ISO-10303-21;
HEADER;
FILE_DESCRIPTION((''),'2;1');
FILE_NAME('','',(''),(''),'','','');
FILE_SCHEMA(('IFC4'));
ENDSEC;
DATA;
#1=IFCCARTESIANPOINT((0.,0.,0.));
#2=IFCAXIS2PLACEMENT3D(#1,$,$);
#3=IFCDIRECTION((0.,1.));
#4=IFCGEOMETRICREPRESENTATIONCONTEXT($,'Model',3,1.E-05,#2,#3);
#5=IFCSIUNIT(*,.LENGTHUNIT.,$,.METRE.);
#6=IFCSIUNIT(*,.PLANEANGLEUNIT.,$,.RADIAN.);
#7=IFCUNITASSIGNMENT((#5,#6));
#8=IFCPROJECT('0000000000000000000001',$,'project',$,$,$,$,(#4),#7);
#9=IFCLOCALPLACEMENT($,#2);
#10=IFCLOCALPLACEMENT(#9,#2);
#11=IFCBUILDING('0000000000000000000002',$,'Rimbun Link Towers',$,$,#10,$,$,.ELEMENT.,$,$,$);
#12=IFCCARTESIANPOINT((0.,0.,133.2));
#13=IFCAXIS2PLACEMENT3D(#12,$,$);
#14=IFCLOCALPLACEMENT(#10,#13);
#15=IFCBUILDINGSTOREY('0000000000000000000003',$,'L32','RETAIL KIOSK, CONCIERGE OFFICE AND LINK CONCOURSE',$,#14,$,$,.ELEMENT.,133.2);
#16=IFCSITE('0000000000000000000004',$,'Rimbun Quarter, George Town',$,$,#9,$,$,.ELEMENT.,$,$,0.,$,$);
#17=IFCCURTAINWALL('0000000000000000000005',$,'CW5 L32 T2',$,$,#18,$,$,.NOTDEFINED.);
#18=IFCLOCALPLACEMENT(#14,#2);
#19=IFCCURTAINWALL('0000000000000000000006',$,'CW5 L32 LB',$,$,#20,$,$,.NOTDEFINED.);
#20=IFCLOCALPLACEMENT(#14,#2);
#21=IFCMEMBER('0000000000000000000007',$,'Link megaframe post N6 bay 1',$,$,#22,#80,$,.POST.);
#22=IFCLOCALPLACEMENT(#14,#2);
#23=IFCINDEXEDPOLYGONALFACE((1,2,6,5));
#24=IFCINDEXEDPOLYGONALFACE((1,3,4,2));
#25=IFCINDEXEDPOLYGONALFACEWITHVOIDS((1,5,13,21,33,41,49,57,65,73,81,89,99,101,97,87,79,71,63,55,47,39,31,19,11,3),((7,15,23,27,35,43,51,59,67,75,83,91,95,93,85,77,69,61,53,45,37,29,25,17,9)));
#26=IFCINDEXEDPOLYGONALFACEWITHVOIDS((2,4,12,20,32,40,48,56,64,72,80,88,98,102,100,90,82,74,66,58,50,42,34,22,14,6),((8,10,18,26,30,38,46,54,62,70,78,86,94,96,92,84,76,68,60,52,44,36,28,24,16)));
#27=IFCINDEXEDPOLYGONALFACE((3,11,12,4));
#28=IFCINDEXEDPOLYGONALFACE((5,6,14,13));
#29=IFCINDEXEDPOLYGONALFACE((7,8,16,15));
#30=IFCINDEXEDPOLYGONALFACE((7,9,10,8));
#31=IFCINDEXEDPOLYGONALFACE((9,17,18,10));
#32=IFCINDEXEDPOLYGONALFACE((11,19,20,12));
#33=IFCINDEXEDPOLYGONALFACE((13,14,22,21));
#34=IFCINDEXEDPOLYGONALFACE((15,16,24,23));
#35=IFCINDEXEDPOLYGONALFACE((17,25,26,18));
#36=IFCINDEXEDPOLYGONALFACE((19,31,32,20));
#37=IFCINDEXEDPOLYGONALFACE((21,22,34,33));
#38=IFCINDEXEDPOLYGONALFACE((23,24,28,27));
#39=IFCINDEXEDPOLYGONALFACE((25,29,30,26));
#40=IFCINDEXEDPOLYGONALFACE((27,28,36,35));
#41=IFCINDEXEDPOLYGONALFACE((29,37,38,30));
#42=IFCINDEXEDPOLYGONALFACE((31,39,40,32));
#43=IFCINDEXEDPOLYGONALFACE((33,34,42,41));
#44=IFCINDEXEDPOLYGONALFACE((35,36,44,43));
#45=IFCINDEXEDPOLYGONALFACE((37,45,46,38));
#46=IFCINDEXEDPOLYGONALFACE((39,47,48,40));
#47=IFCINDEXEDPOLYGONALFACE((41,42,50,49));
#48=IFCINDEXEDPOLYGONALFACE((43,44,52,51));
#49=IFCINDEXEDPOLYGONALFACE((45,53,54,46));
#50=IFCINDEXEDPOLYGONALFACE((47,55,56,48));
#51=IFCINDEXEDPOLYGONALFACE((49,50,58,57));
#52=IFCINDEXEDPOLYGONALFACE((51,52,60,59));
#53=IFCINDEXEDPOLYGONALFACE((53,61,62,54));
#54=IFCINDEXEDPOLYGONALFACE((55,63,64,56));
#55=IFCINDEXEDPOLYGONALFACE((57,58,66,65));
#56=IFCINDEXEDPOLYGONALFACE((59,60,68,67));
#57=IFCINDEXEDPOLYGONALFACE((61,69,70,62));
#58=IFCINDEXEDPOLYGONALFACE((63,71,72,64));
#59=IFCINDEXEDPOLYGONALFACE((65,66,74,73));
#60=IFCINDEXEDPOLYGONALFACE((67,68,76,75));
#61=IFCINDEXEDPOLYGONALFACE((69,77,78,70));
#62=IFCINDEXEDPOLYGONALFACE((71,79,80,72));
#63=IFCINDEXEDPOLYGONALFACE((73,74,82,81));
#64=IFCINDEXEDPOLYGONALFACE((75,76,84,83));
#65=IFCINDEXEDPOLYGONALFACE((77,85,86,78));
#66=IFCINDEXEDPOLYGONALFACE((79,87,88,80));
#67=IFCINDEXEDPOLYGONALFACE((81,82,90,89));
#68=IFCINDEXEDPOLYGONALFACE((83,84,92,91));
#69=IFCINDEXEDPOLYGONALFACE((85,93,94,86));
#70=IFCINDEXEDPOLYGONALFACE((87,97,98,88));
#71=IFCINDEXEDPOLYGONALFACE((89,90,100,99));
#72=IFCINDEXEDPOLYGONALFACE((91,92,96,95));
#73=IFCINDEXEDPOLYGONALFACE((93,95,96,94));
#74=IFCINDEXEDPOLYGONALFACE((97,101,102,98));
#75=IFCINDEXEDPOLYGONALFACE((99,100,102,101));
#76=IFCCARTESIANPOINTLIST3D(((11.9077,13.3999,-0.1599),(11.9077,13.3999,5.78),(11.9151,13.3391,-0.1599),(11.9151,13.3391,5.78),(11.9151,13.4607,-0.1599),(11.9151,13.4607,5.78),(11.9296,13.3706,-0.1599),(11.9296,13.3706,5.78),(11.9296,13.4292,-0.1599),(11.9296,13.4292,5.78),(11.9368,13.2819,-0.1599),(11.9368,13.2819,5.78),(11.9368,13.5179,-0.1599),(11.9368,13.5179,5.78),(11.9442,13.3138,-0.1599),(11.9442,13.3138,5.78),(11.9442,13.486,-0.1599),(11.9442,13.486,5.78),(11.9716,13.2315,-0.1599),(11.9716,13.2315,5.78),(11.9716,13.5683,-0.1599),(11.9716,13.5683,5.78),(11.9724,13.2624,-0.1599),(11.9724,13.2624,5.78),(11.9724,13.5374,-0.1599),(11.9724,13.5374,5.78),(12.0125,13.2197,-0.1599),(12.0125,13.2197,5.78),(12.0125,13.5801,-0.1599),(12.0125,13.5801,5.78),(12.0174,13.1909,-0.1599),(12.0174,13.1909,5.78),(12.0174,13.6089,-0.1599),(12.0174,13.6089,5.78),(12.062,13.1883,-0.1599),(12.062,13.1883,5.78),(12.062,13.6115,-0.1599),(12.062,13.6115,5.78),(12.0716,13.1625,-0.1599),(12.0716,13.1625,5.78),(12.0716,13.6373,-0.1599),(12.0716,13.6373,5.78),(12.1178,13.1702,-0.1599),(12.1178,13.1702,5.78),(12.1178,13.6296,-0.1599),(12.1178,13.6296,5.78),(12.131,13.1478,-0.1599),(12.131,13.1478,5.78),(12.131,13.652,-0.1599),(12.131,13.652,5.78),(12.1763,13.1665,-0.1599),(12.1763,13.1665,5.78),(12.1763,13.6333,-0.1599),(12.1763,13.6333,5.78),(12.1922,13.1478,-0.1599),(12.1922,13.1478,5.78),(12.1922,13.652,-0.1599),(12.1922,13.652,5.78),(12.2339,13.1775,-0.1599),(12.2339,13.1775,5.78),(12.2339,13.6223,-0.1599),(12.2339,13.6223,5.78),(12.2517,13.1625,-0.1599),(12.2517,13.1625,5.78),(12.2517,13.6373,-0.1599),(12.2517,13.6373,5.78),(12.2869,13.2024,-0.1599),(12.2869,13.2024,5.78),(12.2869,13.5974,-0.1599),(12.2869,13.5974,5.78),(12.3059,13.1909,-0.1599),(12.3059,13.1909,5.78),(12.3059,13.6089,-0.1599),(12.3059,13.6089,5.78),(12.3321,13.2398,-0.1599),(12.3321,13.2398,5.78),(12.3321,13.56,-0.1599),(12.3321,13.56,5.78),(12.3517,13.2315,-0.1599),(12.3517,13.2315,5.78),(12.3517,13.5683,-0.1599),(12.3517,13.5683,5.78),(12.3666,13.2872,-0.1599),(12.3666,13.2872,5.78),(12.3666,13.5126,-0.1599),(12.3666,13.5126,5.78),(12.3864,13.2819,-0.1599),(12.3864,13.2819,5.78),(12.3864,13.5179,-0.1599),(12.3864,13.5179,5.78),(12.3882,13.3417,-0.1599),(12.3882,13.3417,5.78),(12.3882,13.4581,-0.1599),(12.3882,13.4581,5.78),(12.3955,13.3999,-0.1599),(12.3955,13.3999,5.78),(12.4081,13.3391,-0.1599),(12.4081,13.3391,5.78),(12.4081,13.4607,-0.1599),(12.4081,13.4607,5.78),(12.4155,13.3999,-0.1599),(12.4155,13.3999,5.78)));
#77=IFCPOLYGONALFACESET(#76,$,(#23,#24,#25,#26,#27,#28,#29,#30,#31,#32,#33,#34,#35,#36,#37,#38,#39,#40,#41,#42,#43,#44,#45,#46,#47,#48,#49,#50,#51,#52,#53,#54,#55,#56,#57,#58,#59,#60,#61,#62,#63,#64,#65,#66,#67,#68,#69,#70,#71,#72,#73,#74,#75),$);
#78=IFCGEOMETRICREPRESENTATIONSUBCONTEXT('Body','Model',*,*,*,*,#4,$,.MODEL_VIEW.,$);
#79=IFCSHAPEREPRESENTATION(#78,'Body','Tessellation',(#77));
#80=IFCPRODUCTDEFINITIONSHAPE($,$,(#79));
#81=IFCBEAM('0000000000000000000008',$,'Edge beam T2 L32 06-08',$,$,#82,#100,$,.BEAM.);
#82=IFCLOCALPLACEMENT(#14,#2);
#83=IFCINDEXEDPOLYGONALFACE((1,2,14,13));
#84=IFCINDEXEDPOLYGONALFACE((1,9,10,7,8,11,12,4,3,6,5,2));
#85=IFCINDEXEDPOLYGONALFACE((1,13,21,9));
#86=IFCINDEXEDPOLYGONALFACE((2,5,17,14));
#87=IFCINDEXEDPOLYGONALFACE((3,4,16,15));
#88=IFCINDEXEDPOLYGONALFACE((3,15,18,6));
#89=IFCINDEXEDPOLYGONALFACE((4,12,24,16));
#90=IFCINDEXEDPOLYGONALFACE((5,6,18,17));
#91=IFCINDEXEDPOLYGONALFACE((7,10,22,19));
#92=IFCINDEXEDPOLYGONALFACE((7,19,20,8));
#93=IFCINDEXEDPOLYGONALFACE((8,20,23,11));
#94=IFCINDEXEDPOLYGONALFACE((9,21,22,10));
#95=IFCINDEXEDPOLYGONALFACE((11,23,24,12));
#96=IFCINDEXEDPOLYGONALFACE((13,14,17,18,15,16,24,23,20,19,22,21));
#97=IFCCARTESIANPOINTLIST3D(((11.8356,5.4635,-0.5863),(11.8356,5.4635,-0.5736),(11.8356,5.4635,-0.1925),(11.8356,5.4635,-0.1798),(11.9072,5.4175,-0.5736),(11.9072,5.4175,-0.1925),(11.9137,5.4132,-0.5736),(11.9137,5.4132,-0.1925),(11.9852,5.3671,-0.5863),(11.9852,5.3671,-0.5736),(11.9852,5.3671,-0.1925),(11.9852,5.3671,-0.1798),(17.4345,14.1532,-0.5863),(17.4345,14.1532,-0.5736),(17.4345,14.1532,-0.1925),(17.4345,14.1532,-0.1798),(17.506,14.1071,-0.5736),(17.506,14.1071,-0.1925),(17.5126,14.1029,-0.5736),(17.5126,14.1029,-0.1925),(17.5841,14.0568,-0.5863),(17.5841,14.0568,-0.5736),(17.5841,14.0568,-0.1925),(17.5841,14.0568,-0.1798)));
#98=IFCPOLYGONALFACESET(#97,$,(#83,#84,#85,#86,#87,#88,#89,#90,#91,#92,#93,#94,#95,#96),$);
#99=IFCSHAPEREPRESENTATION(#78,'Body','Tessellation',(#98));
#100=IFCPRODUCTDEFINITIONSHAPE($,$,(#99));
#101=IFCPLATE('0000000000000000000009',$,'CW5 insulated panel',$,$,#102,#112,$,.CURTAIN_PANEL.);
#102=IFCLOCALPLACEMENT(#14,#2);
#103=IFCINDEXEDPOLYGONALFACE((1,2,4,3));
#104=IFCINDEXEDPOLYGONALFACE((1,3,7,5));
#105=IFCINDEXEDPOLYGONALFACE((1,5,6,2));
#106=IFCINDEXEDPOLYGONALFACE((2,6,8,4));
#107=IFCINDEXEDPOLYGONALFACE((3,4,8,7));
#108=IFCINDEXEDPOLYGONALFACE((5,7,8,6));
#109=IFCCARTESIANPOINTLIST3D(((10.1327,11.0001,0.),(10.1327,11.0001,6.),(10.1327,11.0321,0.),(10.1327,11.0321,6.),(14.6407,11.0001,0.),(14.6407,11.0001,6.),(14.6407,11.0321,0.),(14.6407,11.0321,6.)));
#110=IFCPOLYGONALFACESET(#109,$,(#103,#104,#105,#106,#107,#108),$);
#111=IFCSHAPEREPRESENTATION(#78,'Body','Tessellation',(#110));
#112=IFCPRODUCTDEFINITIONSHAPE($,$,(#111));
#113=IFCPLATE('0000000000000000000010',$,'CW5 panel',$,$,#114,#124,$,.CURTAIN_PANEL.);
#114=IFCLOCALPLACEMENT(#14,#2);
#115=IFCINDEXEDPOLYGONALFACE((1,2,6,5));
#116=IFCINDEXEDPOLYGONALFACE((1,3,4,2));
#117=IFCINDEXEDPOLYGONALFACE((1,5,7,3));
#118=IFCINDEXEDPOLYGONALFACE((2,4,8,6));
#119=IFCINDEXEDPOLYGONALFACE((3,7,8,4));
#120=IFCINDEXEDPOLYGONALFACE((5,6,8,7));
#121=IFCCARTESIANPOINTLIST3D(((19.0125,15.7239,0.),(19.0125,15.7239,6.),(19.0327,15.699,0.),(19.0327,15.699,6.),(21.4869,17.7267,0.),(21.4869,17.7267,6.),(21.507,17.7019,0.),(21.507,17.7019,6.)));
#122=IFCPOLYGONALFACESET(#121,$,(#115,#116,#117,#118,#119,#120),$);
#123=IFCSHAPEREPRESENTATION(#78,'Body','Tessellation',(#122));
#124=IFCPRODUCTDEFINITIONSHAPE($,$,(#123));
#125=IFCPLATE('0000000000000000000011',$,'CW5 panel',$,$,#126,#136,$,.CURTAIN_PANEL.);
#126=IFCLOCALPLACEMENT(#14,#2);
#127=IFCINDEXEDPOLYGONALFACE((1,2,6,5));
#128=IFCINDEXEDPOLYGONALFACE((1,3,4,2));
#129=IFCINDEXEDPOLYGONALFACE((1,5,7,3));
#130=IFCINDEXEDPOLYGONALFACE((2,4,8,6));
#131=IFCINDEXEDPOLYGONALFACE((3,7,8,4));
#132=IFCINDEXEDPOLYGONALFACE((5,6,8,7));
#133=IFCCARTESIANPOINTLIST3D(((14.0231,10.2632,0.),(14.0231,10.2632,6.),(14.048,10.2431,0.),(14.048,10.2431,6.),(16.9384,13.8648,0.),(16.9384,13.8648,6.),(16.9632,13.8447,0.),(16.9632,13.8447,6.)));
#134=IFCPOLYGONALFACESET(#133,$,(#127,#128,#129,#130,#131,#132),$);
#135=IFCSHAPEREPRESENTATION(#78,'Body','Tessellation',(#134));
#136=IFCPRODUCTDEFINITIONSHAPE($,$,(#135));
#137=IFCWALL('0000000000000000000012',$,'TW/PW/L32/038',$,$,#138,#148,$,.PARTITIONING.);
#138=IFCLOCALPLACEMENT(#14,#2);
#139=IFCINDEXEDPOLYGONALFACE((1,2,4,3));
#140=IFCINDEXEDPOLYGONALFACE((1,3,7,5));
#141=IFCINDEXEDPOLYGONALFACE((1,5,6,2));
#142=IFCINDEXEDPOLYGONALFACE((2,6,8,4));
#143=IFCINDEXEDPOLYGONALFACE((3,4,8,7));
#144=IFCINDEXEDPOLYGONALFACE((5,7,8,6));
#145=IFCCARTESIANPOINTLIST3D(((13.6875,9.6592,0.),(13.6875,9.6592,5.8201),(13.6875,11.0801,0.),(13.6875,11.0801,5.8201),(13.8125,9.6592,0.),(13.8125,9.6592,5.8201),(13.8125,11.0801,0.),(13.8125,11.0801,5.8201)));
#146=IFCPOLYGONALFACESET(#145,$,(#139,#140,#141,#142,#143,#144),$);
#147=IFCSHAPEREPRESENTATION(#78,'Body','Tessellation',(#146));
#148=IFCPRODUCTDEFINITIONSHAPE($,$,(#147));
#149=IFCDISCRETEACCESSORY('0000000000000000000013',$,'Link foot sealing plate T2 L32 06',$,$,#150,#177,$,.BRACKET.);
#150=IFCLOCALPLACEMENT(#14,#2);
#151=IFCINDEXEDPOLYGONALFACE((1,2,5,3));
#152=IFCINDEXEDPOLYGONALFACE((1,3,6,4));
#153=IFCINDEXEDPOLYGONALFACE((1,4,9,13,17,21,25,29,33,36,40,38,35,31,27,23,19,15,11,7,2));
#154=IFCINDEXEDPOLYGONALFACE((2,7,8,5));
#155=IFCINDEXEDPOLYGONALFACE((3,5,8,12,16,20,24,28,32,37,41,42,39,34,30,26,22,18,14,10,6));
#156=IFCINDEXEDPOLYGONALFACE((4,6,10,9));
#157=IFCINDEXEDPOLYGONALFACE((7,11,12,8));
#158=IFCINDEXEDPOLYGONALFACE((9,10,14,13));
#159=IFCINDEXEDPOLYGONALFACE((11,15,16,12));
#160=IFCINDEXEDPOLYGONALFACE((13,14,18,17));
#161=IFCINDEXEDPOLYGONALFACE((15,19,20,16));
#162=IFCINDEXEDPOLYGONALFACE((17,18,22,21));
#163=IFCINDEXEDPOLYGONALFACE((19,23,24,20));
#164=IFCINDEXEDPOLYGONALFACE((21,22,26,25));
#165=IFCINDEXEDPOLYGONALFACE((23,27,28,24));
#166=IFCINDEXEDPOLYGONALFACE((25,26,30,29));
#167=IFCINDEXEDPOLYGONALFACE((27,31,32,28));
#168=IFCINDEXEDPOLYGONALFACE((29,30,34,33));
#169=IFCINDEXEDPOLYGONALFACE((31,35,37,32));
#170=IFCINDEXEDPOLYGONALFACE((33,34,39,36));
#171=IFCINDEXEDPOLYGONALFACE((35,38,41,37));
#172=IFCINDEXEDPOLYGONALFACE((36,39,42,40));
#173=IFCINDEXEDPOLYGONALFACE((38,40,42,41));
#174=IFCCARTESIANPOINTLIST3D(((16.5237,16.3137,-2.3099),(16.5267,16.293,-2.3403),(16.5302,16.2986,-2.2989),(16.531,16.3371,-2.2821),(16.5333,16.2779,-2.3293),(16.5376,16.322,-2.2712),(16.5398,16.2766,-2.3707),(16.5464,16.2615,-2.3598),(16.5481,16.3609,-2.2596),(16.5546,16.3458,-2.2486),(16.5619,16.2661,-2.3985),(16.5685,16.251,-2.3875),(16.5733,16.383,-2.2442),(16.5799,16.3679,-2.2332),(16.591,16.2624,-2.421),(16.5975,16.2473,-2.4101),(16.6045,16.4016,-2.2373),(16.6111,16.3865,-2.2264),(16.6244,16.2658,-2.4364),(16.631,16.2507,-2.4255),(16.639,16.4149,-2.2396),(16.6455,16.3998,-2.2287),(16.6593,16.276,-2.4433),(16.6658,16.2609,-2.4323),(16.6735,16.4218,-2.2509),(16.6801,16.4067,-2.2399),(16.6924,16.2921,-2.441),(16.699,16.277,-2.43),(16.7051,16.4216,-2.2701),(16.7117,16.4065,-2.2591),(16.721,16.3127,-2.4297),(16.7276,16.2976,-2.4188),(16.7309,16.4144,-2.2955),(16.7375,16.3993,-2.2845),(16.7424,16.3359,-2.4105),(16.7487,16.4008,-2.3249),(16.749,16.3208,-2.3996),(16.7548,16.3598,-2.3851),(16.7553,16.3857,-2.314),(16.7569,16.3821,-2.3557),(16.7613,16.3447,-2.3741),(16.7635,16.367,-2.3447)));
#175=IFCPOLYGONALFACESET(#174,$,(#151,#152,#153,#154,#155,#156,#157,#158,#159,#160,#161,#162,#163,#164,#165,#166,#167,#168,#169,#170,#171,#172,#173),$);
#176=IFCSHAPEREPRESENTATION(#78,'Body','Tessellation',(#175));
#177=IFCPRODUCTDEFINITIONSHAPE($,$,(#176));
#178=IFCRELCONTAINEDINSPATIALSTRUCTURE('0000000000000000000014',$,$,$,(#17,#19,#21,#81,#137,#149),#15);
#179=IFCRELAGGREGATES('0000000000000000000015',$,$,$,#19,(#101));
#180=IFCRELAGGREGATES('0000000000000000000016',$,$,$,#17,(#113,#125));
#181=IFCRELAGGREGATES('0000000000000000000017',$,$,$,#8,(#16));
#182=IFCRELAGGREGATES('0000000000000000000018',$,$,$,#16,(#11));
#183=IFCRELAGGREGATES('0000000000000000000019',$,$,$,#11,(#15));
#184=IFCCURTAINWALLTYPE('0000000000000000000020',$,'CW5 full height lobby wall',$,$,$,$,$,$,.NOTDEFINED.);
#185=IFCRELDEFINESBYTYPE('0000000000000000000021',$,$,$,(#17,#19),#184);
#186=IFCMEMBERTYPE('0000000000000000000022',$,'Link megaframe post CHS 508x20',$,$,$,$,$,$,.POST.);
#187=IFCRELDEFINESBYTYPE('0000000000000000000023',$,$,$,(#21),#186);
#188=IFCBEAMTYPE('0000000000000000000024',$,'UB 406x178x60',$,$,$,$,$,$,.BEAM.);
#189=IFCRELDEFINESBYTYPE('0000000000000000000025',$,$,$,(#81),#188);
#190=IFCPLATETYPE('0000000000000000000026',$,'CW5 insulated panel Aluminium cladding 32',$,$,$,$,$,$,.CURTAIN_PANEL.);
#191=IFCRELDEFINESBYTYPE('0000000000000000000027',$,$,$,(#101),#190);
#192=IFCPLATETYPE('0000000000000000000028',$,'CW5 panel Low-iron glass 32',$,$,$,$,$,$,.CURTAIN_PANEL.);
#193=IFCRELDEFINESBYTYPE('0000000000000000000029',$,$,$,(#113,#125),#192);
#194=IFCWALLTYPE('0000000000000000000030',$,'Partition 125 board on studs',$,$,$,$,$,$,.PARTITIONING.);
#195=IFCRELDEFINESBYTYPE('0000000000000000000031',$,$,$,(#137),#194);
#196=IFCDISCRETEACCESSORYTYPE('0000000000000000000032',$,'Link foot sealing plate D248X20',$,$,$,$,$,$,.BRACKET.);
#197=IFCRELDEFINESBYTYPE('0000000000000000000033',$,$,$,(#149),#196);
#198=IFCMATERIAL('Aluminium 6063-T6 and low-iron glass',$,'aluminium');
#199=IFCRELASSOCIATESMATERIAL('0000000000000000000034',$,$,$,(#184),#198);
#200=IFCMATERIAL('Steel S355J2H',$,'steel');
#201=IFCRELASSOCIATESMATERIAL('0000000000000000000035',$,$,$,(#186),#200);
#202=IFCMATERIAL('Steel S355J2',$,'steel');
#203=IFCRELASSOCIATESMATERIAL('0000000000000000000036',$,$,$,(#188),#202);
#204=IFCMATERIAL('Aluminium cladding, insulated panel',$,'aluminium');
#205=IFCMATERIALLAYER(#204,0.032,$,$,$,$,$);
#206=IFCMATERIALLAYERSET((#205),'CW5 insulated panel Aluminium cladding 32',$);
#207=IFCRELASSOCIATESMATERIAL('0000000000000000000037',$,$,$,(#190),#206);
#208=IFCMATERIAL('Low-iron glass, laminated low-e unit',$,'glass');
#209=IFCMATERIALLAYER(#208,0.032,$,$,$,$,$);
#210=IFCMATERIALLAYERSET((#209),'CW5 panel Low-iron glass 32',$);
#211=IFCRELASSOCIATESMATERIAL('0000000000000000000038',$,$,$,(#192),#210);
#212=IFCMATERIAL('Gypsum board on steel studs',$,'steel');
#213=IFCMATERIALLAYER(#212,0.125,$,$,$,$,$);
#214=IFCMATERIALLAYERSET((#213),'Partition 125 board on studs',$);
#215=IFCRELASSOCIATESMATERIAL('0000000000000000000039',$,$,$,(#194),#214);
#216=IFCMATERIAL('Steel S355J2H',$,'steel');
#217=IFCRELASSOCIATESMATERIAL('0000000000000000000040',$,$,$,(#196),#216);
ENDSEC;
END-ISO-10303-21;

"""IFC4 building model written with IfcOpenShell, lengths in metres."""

from ifc_helpers import new_model, si_unit, direction, frame, frame_2d, origin, origin_2d, place, context, subcontext, project, spatial, rectangle, circle, hollow_circle, i_section, extrude, material, layer, layer_set, material_profile, profile_set, type_object, element, aggregate, save


model = new_model("IFC4")

# Units and contexts
model_context = context("Model", 3, precision=1e-05, world=origin(), true_north=direction((0.0, 1.0)))
body_context = subcontext(model_context, "Body", "Model", "MODEL_VIEW")
ifc_project = project(units=[si_unit("LENGTHUNIT", "METRE"), si_unit("PLANEANGLEUNIT", "RADIAN")], contexts=[model_context])

# Site, building, storey
site_placement = place(None, origin())
site = spatial("IfcSite", under=ifc_project, at=site_placement, Name="Rimbun Quarter, George Town", CompositionType="ELEMENT", RefElevation=0.0)
building_placement = place(site_placement, origin())
building = spatial("IfcBuilding", under=site, at=building_placement, Name="Rimbun Link Towers", CompositionType="ELEMENT")
storey_placement = place(building_placement, frame((0.0, 0.0, 133.2)))
storey = spatial("IfcBuildingStorey", under=building, at=storey_placement, Name="L32", Description="RETAIL KIOSK, CONCIERGE OFFICE AND LINK CONCOURSE", CompositionType="ELEMENT", Elevation=133.2)

# Curtain wall
ifc_material_1 = material(Name="Aluminium 6063-T6 and low-iron glass", Category="aluminium")
curtain_wall_type = type_object("IfcCurtainWallType", Name="CW5 full height lobby wall", PredefinedType="NOTDEFINED", material=ifc_material_1)
curtain_wall_1_placement = place(storey_placement, origin())
curtain_wall_1 = element("IfcCurtainWall", 1, at=curtain_wall_1_placement, inside=storey, type_object=curtain_wall_type, Name="CW5 L32 T2", PredefinedType="NOTDEFINED")

# Curtain wall
curtain_wall_2_placement = place(storey_placement, origin())
curtain_wall_2 = element("IfcCurtainWall", 2, at=curtain_wall_2_placement, inside=storey, type_object=curtain_wall_type, Name="CW5 L32 LB", PredefinedType="NOTDEFINED")

# Member
ifc_material_2 = material(Name="Steel S355J2H", Category="steel")
ifc_material_profile_1 = material_profile(ifc_material_2, hollow_circle(Radius=0.2539, WallThickness=0.02, at=origin_2d()), Name="CHS 508x20")
ifc_profile_set_1 = profile_set([ifc_material_profile_1], Name="Steel S355J2H")
member_type_1 = type_object("IfcMemberType", Name="Link megaframe post CHS 508x20", PredefinedType="POST", material=ifc_profile_set_1)
member_1_placement = place(storey_placement, frame((12.1616, 13.3999, -0.1599), z_axis=(0.0, 0.0, 1.0), x_axis=(1.0, 0.0, 0.0)))
element("IfcMember", 3, at=member_1_placement, inside=storey, type_object=member_type_1, Name="Link megaframe post N6 bay 1", PredefinedType="POST", context=body_context, shape_type="SweptSolid", body=[
    extrude(hollow_circle(Radius=0.2539, WallThickness=0.02, at=origin_2d()), origin(), (0.0, 0.0, 1.0), 5.9399),
])

# Beam
ifc_material_3 = material(Name="Steel S355J2", Category="steel")
ifc_material_profile_2 = material_profile(ifc_material_3, i_section(OverallWidth=0.178, OverallDepth=0.4065, WebThickness=0.0078, FlangeThickness=0.0127, at=origin_2d()), Name="UB 406x178x60")
ifc_profile_set_2 = profile_set([ifc_material_profile_2], Name="Steel S355J2")
beam_type_1 = type_object("IfcBeamType", Name="UB 406x178x60", PredefinedType="BEAM", material=ifc_profile_set_2)
beam_1_placement = place(storey_placement, frame((17.5093, 14.105, -0.3831), z_axis=(-0.541623, -0.840622, 0.0), x_axis=(0.840622, -0.541623, 0.0)))
element("IfcBeam", 4, at=beam_1_placement, inside=storey, type_object=beam_type_1, Name="Edge beam T2 L32 06-08", PredefinedType="BEAM", context=body_context, shape_type="SweptSolid", body=[
    extrude(i_section(OverallWidth=0.178, OverallDepth=0.4065, WebThickness=0.0078, FlangeThickness=0.0127, at=origin_2d()), origin(), (0.0, 0.0, 1.0), 10.3372),
])

# Plates
ifc_material_4 = material(Name="Aluminium cladding, insulated panel", Category="aluminium")
ifc_layer_1 = layer(ifc_material_4, 0.032)
ifc_layer_set_1 = layer_set([ifc_layer_1], Name="CW5 insulated panel Aluminium cladding 32")
plate_type_1 = type_object("IfcPlateType", Name="CW5 insulated panel Aluminium cladding 32", PredefinedType="CURTAIN_PANEL", material=ifc_layer_set_1)
plate_1_placement = place(storey_placement, frame((12.3867, 11.0161, 0.0), z_axis=(0.0, 0.0, 1.0), x_axis=(1.0, 0.0, 0.0)))
plate_1 = element("IfcPlate", 5, at=plate_1_placement, type_object=plate_type_1, Name="CW5 insulated panel", PredefinedType="CURTAIN_PANEL", context=body_context, shape_type="SweptSolid", body=[
    extrude(rectangle(XDim=4.5081, YDim=0.032, at=origin_2d()), origin(), (0.0, 0.0, 1.0), 6.0),
])
aggregate(curtain_wall_2, [plate_1])
ifc_material_5 = material(Name="Low-iron glass, laminated low-e unit", Category="glass")
ifc_layer_2 = layer(ifc_material_5, 0.032)
ifc_layer_set_2 = layer_set([ifc_layer_2], Name="CW5 panel Low-iron glass 32")
plate_type_2 = type_object("IfcPlateType", Name="CW5 panel Low-iron glass 32", PredefinedType="CURTAIN_PANEL", material=ifc_layer_set_2)
plate_2_placement = place(storey_placement, frame((20.2598, 16.7129, 0.0), z_axis=(0.0, 0.0, 1.0), x_axis=(0.777277, 0.629159, 0.0)))
plate_2 = element("IfcPlate", 6, at=plate_2_placement, type_object=plate_type_2, Name="CW5 panel", PredefinedType="CURTAIN_PANEL", context=body_context, shape_type="SweptSolid", body=[
    extrude(rectangle(XDim=3.1833, YDim=0.032, at=origin_2d()), origin(), (0.0, 0.0, 1.0), 6.0),
])
plate_3_placement = place(storey_placement, frame((15.4932, 12.054, 0.0), z_axis=(0.0, 0.0, 1.0), x_axis=(0.629159, 0.777277, 0.0)))
plate_3 = element("IfcPlate", 7, at=plate_3_placement, type_object=plate_type_2, Name="CW5 panel", PredefinedType="CURTAIN_PANEL", context=body_context, shape_type="SweptSolid", body=[
    extrude(rectangle(XDim=4.6335, YDim=0.032, at=origin_2d()), origin(), (0.0, 0.0, 1.0), 6.0),
])
aggregate(curtain_wall_1, [plate_2, plate_3])

# Wall
ifc_material_6 = material(Name="Gypsum board on steel studs", Category="steel")
ifc_layer_3 = layer(ifc_material_6, 0.125)
ifc_layer_set_3 = layer_set([ifc_layer_3], Name="Partition 125 board on studs")
wall_type = type_object("IfcWallType", Name="Partition 125 board on studs", PredefinedType="PARTITIONING", material=ifc_layer_set_3)
wall_placement = place(storey_placement, frame((13.75, 11.0801, 0.0), z_axis=(0.0, 0.0, 1.0), x_axis=(0.0, -1.0, 0.0)))
element("IfcWall", 8, at=wall_placement, inside=storey, type_object=wall_type, Name="TW/PW/L32/038", PredefinedType="PARTITIONING", context=body_context, shape_type="SweptSolid", body=[
    extrude(rectangle(XDim=1.4209, YDim=0.125, at=frame_2d((0.7104, 0.0))), origin(), (0.0, 0.0, 1.0), 5.8201),
])

# Discrete accessory
ifc_material_7 = material(Name="Steel S355J2H", Category="steel")
ifc_material_profile_3 = material_profile(ifc_material_7, circle(Radius=0.124, at=origin_2d()), Name="PL D248")
ifc_profile_set_3 = profile_set([ifc_material_profile_3], Name="Steel S355J2H")
discrete_accessory_type = type_object("IfcDiscreteAccessoryType", Name="Link foot sealing plate D248X20", PredefinedType="BRACKET", material=ifc_profile_set_3)
discrete_accessory_placement = place(storey_placement, frame((16.647, 16.3274, -2.3293), z_axis=(-0.332397, 0.763283, -0.553996), x_axis=(-0.916835, -0.399267, 0.0)))
element("IfcDiscreteAccessory", 9, at=discrete_accessory_placement, inside=storey, type_object=discrete_accessory_type, Name="Link foot sealing plate T2 L32 06", PredefinedType="BRACKET", context=body_context, shape_type="SweptSolid", body=[
    extrude(circle(Radius=0.124, at=origin_2d()), origin(), (0.0, 0.0, 1.0), 0.0198),
])

save(model, "model.ifc")
